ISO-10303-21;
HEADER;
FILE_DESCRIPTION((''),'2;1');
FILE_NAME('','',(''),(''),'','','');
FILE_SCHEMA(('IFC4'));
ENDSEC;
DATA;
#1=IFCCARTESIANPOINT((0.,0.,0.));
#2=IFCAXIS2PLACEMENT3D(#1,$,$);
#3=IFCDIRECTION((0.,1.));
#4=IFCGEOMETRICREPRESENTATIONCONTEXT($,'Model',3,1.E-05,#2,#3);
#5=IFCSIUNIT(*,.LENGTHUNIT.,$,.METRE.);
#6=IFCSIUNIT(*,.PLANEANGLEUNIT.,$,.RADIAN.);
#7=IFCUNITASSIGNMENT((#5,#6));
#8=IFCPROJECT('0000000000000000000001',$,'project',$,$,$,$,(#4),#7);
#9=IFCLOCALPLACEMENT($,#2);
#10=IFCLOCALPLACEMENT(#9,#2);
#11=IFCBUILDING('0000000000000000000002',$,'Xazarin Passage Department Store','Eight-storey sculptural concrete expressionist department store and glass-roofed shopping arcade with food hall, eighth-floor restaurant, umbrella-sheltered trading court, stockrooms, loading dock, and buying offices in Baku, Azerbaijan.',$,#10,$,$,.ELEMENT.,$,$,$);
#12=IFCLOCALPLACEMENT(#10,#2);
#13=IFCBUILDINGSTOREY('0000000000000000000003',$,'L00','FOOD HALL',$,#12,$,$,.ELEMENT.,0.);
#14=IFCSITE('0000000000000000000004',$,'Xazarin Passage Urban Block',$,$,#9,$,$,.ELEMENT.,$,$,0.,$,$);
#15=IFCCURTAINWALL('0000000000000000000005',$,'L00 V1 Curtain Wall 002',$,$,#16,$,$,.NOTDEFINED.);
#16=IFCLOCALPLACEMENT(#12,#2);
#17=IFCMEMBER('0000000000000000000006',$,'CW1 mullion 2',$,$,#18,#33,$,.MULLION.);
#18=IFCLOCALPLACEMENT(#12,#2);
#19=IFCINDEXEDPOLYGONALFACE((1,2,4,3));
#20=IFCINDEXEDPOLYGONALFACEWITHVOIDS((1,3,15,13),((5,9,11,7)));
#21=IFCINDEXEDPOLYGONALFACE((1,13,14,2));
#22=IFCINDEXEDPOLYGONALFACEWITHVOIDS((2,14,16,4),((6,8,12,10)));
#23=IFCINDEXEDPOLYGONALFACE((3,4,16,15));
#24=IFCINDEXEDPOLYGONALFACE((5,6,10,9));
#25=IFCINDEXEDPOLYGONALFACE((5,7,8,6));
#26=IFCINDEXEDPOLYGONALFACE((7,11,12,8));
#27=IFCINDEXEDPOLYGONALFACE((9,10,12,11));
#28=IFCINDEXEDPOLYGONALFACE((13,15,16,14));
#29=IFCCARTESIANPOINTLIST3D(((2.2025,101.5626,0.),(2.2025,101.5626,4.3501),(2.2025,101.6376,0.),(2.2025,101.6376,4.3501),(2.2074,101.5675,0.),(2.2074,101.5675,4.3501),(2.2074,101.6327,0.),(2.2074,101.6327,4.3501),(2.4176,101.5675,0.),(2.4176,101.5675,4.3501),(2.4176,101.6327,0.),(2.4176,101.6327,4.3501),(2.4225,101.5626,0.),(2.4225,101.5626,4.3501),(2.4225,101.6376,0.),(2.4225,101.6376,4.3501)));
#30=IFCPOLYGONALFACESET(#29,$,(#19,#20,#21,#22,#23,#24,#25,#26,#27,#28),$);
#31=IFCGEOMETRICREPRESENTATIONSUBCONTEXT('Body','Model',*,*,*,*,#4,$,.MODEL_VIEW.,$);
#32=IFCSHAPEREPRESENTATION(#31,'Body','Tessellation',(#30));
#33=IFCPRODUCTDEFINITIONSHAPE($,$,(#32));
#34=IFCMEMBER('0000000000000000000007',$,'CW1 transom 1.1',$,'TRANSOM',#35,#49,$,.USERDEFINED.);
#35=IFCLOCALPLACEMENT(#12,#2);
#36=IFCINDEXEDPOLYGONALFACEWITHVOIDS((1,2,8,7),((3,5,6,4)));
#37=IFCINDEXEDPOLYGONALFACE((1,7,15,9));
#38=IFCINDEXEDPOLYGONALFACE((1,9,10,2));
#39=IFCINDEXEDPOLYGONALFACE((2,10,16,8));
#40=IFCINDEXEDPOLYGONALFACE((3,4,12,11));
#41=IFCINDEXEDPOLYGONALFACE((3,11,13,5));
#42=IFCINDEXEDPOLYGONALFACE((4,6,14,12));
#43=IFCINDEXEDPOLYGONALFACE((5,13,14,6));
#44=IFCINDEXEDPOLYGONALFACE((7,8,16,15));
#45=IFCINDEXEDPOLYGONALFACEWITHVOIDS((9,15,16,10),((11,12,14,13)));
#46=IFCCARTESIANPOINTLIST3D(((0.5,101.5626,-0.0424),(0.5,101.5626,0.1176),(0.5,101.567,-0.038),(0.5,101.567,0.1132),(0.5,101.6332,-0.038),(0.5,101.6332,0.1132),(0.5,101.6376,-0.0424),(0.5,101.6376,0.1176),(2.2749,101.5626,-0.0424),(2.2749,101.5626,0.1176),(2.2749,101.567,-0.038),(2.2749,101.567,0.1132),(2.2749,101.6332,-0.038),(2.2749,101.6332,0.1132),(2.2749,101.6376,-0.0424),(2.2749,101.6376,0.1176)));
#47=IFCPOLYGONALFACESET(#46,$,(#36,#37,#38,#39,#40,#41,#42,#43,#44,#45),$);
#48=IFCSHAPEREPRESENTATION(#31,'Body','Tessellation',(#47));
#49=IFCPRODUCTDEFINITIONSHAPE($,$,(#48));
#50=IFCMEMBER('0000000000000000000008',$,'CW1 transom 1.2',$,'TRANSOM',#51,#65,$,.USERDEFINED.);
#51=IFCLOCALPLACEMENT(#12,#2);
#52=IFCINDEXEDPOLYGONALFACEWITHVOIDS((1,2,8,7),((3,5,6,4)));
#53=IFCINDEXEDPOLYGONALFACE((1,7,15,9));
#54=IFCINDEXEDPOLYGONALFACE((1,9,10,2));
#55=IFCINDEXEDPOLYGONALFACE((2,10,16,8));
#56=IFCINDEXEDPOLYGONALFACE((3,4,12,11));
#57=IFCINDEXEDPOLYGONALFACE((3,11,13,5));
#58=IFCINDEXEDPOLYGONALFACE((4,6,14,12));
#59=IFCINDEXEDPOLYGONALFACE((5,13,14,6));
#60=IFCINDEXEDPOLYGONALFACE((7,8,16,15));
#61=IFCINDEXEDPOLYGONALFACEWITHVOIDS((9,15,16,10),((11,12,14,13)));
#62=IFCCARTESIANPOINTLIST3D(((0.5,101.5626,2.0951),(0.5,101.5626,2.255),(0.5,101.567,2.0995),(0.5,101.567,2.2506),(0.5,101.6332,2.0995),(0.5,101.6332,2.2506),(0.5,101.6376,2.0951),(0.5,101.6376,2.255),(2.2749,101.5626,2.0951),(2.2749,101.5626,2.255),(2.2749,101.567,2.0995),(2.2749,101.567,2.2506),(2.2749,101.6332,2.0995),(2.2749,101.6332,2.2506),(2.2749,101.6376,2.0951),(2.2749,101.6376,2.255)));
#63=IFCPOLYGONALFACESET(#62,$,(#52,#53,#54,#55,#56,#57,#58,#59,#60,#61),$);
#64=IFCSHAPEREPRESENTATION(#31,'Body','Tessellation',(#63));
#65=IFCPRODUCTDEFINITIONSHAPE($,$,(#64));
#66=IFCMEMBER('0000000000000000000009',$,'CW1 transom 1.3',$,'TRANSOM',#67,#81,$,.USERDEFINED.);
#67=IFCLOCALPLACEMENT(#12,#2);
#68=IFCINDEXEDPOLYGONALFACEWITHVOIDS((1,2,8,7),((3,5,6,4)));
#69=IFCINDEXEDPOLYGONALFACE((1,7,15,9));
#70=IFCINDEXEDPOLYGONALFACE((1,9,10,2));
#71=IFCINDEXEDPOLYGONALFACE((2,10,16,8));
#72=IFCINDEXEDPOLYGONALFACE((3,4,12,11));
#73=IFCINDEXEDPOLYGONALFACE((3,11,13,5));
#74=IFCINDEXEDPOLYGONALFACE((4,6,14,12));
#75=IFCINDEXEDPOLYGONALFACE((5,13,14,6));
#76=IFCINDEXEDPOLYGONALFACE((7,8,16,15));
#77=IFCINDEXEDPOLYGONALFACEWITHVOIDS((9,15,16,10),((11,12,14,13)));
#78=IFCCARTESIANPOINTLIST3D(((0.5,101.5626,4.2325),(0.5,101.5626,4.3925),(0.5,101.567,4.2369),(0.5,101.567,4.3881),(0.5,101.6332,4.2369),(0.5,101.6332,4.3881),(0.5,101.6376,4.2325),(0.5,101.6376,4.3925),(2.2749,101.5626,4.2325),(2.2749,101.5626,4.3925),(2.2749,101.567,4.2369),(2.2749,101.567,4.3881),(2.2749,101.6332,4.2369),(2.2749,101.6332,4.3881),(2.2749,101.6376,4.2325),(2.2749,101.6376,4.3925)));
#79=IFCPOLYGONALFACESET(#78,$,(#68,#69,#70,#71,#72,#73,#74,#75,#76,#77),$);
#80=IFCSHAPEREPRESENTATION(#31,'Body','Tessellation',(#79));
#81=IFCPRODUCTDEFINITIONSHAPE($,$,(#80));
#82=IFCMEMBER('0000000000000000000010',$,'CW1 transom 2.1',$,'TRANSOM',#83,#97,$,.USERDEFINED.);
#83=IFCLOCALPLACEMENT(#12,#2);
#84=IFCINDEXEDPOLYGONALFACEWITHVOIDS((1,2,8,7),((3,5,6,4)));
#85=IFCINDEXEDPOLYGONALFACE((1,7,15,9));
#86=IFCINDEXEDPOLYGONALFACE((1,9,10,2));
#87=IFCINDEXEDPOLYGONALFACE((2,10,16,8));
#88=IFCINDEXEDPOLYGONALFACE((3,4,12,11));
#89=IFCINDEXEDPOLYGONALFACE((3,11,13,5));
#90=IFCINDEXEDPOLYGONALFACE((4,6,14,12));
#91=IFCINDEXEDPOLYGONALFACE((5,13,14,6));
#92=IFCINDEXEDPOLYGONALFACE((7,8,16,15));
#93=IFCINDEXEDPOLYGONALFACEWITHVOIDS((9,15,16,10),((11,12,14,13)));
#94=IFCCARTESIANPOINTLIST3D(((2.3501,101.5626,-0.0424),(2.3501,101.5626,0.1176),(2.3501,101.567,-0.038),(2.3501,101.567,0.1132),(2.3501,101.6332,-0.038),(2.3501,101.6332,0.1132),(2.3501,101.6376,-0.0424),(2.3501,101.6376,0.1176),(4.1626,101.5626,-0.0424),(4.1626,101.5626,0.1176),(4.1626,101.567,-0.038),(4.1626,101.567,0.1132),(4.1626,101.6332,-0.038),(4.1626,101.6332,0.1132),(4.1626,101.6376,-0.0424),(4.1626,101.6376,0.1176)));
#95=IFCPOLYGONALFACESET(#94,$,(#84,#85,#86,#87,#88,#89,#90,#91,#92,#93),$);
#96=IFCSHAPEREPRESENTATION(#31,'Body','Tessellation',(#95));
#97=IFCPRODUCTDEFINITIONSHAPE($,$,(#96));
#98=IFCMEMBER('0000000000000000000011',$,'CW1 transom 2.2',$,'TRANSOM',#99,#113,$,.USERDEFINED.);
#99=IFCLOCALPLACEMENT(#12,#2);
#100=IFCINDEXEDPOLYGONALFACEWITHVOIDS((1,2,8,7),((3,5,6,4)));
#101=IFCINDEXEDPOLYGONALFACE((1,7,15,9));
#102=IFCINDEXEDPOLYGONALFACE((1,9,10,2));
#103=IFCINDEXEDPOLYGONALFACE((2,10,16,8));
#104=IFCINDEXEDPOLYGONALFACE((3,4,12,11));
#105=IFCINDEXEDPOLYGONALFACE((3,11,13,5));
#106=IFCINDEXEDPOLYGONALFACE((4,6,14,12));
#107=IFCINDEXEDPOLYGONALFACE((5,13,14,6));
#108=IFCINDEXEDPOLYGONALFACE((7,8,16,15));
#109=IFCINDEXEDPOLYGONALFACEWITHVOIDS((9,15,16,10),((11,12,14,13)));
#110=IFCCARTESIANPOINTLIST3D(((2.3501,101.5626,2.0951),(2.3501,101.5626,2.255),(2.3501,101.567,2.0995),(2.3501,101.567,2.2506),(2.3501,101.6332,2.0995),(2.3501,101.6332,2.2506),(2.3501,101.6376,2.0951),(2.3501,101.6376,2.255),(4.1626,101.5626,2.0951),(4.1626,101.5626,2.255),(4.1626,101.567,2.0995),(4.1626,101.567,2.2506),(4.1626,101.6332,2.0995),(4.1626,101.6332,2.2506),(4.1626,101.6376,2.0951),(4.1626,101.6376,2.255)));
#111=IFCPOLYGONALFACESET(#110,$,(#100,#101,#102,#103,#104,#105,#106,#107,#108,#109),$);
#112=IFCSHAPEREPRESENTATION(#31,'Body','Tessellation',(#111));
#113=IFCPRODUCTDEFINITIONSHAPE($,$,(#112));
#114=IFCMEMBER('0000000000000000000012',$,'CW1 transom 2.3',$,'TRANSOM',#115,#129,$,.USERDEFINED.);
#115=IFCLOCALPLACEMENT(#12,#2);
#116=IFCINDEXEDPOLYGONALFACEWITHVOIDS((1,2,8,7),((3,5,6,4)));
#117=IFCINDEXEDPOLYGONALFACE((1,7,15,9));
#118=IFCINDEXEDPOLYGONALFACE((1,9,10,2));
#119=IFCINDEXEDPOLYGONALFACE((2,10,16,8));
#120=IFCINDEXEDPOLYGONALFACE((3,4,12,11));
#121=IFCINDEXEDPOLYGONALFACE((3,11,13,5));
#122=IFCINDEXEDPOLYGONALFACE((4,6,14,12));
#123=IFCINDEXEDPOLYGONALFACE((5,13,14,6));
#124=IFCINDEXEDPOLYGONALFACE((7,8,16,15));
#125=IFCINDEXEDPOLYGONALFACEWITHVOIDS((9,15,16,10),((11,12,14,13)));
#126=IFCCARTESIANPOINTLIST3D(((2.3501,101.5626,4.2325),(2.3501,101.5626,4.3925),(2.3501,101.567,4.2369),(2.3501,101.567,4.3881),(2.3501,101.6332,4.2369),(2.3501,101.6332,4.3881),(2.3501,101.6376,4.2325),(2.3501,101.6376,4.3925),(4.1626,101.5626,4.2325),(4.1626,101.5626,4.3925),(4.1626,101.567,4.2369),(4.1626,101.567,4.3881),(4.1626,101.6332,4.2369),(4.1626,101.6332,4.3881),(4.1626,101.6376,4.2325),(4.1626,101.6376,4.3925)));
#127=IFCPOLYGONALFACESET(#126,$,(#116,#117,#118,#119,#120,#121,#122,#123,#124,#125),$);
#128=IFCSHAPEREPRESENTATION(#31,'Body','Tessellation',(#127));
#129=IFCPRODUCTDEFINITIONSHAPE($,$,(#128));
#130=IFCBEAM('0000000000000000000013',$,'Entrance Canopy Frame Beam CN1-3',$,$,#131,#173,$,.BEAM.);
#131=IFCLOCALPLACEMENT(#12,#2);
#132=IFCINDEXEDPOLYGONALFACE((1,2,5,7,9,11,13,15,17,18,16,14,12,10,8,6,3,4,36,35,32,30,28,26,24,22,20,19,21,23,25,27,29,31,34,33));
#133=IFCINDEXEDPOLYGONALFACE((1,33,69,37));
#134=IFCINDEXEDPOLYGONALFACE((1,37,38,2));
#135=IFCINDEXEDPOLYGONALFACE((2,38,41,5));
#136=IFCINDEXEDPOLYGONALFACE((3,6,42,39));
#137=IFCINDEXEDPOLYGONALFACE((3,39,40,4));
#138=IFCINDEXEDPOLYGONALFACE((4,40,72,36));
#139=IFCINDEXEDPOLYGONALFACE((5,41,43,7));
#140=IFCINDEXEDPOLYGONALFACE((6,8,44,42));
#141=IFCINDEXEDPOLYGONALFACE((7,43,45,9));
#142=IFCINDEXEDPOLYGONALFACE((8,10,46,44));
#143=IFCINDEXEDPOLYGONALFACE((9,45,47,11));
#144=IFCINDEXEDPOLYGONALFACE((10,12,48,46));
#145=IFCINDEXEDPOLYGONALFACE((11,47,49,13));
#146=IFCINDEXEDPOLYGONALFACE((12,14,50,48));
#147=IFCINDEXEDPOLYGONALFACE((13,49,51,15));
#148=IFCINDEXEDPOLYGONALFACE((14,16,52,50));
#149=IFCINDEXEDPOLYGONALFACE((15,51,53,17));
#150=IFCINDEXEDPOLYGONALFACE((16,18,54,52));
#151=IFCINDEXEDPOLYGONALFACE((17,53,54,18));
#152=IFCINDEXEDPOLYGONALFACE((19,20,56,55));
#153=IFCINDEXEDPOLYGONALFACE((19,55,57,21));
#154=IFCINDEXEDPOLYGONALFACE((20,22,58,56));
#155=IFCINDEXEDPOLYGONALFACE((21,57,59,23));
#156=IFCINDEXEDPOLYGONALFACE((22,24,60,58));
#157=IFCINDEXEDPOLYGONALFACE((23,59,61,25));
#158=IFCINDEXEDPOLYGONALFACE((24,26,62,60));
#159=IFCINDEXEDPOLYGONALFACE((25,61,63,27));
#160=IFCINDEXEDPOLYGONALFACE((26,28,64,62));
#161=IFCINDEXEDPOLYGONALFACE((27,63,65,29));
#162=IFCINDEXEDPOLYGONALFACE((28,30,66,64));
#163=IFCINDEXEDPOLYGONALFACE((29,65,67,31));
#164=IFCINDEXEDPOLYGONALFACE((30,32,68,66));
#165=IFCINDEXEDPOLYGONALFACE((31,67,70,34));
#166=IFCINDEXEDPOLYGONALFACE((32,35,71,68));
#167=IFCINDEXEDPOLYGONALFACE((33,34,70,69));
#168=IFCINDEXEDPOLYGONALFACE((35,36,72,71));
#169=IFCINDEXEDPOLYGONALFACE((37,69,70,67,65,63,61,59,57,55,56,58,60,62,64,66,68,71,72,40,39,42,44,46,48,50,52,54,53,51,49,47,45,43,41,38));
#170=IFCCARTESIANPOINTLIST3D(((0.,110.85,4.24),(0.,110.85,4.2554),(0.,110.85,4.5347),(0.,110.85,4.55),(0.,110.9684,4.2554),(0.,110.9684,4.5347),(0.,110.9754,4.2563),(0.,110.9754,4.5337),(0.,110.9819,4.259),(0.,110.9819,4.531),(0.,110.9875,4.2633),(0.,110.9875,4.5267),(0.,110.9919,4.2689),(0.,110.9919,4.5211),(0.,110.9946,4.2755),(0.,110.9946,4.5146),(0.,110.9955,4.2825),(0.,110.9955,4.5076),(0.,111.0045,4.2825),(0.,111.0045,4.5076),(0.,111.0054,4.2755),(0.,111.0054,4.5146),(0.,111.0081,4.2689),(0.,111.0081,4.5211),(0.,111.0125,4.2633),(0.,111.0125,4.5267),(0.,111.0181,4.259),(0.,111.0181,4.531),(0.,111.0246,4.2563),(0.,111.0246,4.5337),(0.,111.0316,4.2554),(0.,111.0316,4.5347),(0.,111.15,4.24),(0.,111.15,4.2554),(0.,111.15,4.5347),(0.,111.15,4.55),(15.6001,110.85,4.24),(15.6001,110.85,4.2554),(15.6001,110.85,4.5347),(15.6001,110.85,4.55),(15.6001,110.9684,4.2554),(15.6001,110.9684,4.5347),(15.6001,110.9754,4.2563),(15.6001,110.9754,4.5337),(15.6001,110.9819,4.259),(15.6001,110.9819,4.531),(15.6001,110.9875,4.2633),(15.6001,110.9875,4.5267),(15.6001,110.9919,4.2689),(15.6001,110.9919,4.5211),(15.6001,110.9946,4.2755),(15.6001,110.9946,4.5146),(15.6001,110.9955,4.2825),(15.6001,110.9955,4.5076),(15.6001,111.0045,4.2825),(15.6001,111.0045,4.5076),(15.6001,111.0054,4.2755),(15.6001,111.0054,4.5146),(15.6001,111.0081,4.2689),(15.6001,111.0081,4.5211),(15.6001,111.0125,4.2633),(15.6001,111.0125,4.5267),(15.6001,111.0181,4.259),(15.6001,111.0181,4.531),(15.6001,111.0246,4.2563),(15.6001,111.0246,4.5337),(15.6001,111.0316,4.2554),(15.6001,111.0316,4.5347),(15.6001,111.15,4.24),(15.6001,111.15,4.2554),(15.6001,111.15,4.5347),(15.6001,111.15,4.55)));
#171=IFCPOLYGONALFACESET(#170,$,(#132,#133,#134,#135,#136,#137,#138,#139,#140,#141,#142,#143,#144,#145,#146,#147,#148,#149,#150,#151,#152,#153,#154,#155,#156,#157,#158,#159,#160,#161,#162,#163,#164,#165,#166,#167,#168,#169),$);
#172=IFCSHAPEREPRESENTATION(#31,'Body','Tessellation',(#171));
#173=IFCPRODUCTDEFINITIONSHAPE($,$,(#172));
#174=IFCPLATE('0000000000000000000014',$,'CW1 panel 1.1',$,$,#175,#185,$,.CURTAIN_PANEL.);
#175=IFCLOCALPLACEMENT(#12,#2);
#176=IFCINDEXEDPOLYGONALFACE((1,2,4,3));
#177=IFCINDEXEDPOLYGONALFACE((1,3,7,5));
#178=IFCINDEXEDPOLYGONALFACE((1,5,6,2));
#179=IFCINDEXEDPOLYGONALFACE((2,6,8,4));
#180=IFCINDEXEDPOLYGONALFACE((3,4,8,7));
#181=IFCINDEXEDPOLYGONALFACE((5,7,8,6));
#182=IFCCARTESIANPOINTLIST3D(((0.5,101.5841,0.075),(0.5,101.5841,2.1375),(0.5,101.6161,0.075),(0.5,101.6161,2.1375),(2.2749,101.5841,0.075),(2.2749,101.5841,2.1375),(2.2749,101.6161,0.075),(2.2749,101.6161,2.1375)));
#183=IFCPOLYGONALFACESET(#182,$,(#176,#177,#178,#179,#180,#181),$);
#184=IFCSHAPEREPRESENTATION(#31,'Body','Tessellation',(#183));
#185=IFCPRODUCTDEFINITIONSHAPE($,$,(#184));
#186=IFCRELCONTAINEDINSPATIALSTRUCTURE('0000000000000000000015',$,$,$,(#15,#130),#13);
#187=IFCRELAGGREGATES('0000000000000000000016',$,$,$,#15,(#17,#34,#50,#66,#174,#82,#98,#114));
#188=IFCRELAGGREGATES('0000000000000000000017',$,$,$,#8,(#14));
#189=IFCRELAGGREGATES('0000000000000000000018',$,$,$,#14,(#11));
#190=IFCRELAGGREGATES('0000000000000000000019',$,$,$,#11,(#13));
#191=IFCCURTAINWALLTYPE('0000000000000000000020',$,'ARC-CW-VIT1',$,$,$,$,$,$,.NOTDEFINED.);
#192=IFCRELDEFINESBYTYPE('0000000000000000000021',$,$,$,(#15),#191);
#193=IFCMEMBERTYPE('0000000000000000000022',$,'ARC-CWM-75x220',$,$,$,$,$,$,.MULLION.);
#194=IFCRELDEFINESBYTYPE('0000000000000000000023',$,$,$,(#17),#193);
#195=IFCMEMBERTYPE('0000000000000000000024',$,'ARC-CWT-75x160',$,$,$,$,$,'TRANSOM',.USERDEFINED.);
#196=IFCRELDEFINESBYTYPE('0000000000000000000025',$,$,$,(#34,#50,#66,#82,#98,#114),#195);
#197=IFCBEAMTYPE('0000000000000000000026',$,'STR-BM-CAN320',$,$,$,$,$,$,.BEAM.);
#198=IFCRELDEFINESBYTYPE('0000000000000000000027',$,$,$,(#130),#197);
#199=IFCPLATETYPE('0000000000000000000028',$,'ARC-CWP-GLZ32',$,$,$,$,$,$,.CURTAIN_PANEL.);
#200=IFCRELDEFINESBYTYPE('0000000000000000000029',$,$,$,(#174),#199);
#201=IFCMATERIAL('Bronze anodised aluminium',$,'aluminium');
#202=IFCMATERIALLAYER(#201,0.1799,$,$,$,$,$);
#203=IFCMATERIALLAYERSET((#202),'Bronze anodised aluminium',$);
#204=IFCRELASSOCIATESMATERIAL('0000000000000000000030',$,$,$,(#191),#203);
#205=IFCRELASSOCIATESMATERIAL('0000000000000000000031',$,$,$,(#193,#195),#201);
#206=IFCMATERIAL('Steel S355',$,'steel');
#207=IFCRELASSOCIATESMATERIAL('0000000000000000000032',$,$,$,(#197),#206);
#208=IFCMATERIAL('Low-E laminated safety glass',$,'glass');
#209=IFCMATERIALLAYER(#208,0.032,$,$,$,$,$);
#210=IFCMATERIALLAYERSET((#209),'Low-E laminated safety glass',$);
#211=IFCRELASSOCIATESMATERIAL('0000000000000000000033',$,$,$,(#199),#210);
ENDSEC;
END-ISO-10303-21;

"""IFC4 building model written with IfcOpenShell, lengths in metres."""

from ifc_helpers import new_model, si_unit, direction, frame, origin, origin_2d, place, context, subcontext, project, spatial, rectangle, hollow_rectangle, i_section, extrude, material, layer, layer_set, material_profile, profile_set, type_object, element, aggregate, save


model = new_model("IFC4")

# Units and contexts
model_context = context("Model", 3, precision=1e-05, world=origin(), true_north=direction((0.0, 1.0)))
body_context = subcontext(model_context, "Body", "Model", "MODEL_VIEW")
ifc_project = project(units=[si_unit("LENGTHUNIT", "METRE"), si_unit("PLANEANGLEUNIT", "RADIAN")], contexts=[model_context])

# Site, building, storey
site_placement = place(None, origin())
site = spatial("IfcSite", under=ifc_project, at=site_placement, Name="Xazarin Passage Urban Block", CompositionType="ELEMENT", RefElevation=0.0)
building_placement = place(site_placement, origin())
building = spatial("IfcBuilding", under=site, at=building_placement, Name="Xazarin Passage Department Store", Description="Eight-storey sculptural concrete expressionist department store and glass-roofed shopping arcade with food hall, eighth-floor restaurant, umbrella-sheltered trading court, stockrooms, loading dock, and buying offices in Baku, Azerbaijan.", CompositionType="ELEMENT")
storey_placement = place(building_placement, origin())
storey = spatial("IfcBuildingStorey", under=building, at=storey_placement, Name="L00", Description="FOOD HALL", CompositionType="ELEMENT", Elevation=0.0)

# Curtain wall, members
ifc_material_1 = material(Name="Bronze anodised aluminium", Category="aluminium")
ifc_layer_1 = layer(ifc_material_1, 0.1799)
ifc_layer_set_1 = layer_set([ifc_layer_1], Name="Bronze anodised aluminium")
curtain_wall_type = type_object("IfcCurtainWallType", Name="ARC-CW-VIT1", PredefinedType="NOTDEFINED", material=ifc_layer_set_1)
curtain_wall_placement = place(storey_placement, origin())
curtain_wall = element("IfcCurtainWall", 1, at=curtain_wall_placement, inside=storey, type_object=curtain_wall_type, Name="L00 V1 Curtain Wall 002", PredefinedType="NOTDEFINED")
ifc_material_profile_1 = material_profile(ifc_material_1, hollow_rectangle(XDim=0.075, YDim=0.22, WallThickness=0.0049, at=origin_2d()), Name="ALU 75x220")
ifc_profile_set_1 = profile_set([ifc_material_profile_1], Name="Bronze anodised aluminium")
member_type_1 = type_object("IfcMemberType", Name="ARC-CWM-75x220", PredefinedType="MULLION", material=ifc_profile_set_1)
member_1_placement = place(storey_placement, frame((2.3125, 101.6001, 0.0), z_axis=(0.0, 0.0, 1.0), x_axis=(0.0, 1.0, 0.0)))
member_1 = element("IfcMember", 2, at=member_1_placement, type_object=member_type_1, Name="CW1 mullion 2", PredefinedType="MULLION", context=body_context, shape_type="SweptSolid", body=[
    extrude(hollow_rectangle(XDim=0.075, YDim=0.22, WallThickness=0.0049, at=origin_2d()), origin(), (0.0, 0.0, 1.0), 4.3501),
])
ifc_material_profile_2 = material_profile(ifc_material_1, hollow_rectangle(XDim=0.075, YDim=0.1599, WallThickness=0.0044, at=origin_2d()), Name="ALU 75x160")
ifc_profile_set_2 = profile_set([ifc_material_profile_2], Name="Bronze anodised aluminium")
member_type_2 = type_object("IfcMemberType", Name="ARC-CWT-75x160", ElementType="TRANSOM", PredefinedType="USERDEFINED", material=ifc_profile_set_2)
member_2_placement = place(storey_placement, frame((0.5, 101.6001, 0.0376), z_axis=(1.0, 0.0, 0.0), x_axis=(0.0, 1.0, 0.0)))
member_2 = element("IfcMember", 3, at=member_2_placement, type_object=member_type_2, Name="CW1 transom 1.1", ObjectType="TRANSOM", PredefinedType="USERDEFINED", context=body_context, shape_type="SweptSolid", body=[
    extrude(hollow_rectangle(XDim=0.075, YDim=0.1599, WallThickness=0.0044, at=origin_2d()), origin(), (0.0, 0.0, 1.0), 1.7749),
])
member_3_placement = place(storey_placement, frame((0.5, 101.6001, 2.175), z_axis=(1.0, 0.0, 0.0), x_axis=(0.0, 1.0, 0.0)))
member_3 = element("IfcMember", 4, at=member_3_placement, type_object=member_type_2, Name="CW1 transom 1.2", ObjectType="TRANSOM", PredefinedType="USERDEFINED", context=body_context, shape_type="SweptSolid", body=[
    extrude(hollow_rectangle(XDim=0.075, YDim=0.1599, WallThickness=0.0044, at=origin_2d()), origin(), (0.0, 0.0, 1.0), 1.7749),
])
member_4_placement = place(storey_placement, frame((0.5, 101.6001, 4.3125), z_axis=(1.0, 0.0, 0.0), x_axis=(0.0, 1.0, 0.0)))
member_4 = element("IfcMember", 5, at=member_4_placement, type_object=member_type_2, Name="CW1 transom 1.3", ObjectType="TRANSOM", PredefinedType="USERDEFINED", context=body_context, shape_type="SweptSolid", body=[
    extrude(hollow_rectangle(XDim=0.075, YDim=0.1599, WallThickness=0.0044, at=origin_2d()), origin(), (0.0, 0.0, 1.0), 1.7749),
])
member_5_placement = place(storey_placement, frame((2.3501, 101.6001, 0.0376), z_axis=(1.0, 0.0, 0.0), x_axis=(0.0, 1.0, 0.0)))
member_5 = element("IfcMember", 6, at=member_5_placement, type_object=member_type_2, Name="CW1 transom 2.1", ObjectType="TRANSOM", PredefinedType="USERDEFINED", context=body_context, shape_type="SweptSolid", body=[
    extrude(hollow_rectangle(XDim=0.075, YDim=0.1599, WallThickness=0.0044, at=origin_2d()), origin(), (0.0, 0.0, 1.0), 1.8125),
])
member_6_placement = place(storey_placement, frame((2.3501, 101.6001, 2.175), z_axis=(1.0, 0.0, 0.0), x_axis=(0.0, 1.0, 0.0)))
member_6 = element("IfcMember", 7, at=member_6_placement, type_object=member_type_2, Name="CW1 transom 2.2", ObjectType="TRANSOM", PredefinedType="USERDEFINED", context=body_context, shape_type="SweptSolid", body=[
    extrude(hollow_rectangle(XDim=0.075, YDim=0.1599, WallThickness=0.0044, at=origin_2d()), origin(), (0.0, 0.0, 1.0), 1.8125),
])
member_7_placement = place(storey_placement, frame((2.3501, 101.6001, 4.3125), z_axis=(1.0, 0.0, 0.0), x_axis=(0.0, 1.0, 0.0)))
member_7 = element("IfcMember", 8, at=member_7_placement, type_object=member_type_2, Name="CW1 transom 2.3", ObjectType="TRANSOM", PredefinedType="USERDEFINED", context=body_context, shape_type="SweptSolid", body=[
    extrude(hollow_rectangle(XDim=0.075, YDim=0.1599, WallThickness=0.0044, at=origin_2d()), origin(), (0.0, 0.0, 1.0), 1.8125),
])

# Beam
ifc_material_2 = material(Name="Steel S355", Category="steel")
ifc_material_profile_3 = material_profile(ifc_material_2, i_section(OverallWidth=0.3, OverallDepth=0.3101, WebThickness=0.009, FlangeThickness=0.0154, FilletRadius=0.0271, at=origin_2d()), Name="HEA 320")
ifc_profile_set_3 = profile_set([ifc_material_profile_3], Name="Steel S355")
beam_type = type_object("IfcBeamType", Name="STR-BM-CAN320", PredefinedType="BEAM", material=ifc_profile_set_3)
beam_placement = place(storey_placement, frame((0.0, 111.0, 4.395), z_axis=(1.0, 0.0, 0.0), x_axis=(0.0, 1.0, 0.0)))
element("IfcBeam", 9, at=beam_placement, inside=storey, type_object=beam_type, Name="Entrance Canopy Frame Beam CN1-3", PredefinedType="BEAM", context=body_context, shape_type="SweptSolid", body=[
    extrude(i_section(OverallWidth=0.3, OverallDepth=0.3101, WebThickness=0.009, FlangeThickness=0.0154, FilletRadius=0.0271, at=origin_2d()), origin(), (0.0, 0.0, 1.0), 15.6001),
])

# Plate
ifc_material_3 = material(Name="Low-E laminated safety glass", Category="glass")
ifc_layer_2 = layer(ifc_material_3, 0.032)
ifc_layer_set_2 = layer_set([ifc_layer_2], Name="Low-E laminated safety glass")
plate_type_1 = type_object("IfcPlateType", Name="ARC-CWP-GLZ32", PredefinedType="CURTAIN_PANEL", material=ifc_layer_set_2)
plate_1_placement = place(storey_placement, frame((1.3875, 101.6001, 0.075), z_axis=(0.0, 0.0, 1.0), x_axis=(1.0, 0.0, 0.0)))
plate_1 = element("IfcPlate", 10, at=plate_1_placement, type_object=plate_type_1, Name="CW1 panel 1.1", PredefinedType="CURTAIN_PANEL", context=body_context, shape_type="SweptSolid", body=[
    extrude(rectangle(XDim=1.7749, YDim=0.032, at=origin_2d()), origin(), (0.0, 0.0, 1.0), 2.0625),
])
aggregate(curtain_wall, [member_1, member_2, member_3, member_4, plate_1, member_5, member_6, member_7])

save(model, "model.ifc")
